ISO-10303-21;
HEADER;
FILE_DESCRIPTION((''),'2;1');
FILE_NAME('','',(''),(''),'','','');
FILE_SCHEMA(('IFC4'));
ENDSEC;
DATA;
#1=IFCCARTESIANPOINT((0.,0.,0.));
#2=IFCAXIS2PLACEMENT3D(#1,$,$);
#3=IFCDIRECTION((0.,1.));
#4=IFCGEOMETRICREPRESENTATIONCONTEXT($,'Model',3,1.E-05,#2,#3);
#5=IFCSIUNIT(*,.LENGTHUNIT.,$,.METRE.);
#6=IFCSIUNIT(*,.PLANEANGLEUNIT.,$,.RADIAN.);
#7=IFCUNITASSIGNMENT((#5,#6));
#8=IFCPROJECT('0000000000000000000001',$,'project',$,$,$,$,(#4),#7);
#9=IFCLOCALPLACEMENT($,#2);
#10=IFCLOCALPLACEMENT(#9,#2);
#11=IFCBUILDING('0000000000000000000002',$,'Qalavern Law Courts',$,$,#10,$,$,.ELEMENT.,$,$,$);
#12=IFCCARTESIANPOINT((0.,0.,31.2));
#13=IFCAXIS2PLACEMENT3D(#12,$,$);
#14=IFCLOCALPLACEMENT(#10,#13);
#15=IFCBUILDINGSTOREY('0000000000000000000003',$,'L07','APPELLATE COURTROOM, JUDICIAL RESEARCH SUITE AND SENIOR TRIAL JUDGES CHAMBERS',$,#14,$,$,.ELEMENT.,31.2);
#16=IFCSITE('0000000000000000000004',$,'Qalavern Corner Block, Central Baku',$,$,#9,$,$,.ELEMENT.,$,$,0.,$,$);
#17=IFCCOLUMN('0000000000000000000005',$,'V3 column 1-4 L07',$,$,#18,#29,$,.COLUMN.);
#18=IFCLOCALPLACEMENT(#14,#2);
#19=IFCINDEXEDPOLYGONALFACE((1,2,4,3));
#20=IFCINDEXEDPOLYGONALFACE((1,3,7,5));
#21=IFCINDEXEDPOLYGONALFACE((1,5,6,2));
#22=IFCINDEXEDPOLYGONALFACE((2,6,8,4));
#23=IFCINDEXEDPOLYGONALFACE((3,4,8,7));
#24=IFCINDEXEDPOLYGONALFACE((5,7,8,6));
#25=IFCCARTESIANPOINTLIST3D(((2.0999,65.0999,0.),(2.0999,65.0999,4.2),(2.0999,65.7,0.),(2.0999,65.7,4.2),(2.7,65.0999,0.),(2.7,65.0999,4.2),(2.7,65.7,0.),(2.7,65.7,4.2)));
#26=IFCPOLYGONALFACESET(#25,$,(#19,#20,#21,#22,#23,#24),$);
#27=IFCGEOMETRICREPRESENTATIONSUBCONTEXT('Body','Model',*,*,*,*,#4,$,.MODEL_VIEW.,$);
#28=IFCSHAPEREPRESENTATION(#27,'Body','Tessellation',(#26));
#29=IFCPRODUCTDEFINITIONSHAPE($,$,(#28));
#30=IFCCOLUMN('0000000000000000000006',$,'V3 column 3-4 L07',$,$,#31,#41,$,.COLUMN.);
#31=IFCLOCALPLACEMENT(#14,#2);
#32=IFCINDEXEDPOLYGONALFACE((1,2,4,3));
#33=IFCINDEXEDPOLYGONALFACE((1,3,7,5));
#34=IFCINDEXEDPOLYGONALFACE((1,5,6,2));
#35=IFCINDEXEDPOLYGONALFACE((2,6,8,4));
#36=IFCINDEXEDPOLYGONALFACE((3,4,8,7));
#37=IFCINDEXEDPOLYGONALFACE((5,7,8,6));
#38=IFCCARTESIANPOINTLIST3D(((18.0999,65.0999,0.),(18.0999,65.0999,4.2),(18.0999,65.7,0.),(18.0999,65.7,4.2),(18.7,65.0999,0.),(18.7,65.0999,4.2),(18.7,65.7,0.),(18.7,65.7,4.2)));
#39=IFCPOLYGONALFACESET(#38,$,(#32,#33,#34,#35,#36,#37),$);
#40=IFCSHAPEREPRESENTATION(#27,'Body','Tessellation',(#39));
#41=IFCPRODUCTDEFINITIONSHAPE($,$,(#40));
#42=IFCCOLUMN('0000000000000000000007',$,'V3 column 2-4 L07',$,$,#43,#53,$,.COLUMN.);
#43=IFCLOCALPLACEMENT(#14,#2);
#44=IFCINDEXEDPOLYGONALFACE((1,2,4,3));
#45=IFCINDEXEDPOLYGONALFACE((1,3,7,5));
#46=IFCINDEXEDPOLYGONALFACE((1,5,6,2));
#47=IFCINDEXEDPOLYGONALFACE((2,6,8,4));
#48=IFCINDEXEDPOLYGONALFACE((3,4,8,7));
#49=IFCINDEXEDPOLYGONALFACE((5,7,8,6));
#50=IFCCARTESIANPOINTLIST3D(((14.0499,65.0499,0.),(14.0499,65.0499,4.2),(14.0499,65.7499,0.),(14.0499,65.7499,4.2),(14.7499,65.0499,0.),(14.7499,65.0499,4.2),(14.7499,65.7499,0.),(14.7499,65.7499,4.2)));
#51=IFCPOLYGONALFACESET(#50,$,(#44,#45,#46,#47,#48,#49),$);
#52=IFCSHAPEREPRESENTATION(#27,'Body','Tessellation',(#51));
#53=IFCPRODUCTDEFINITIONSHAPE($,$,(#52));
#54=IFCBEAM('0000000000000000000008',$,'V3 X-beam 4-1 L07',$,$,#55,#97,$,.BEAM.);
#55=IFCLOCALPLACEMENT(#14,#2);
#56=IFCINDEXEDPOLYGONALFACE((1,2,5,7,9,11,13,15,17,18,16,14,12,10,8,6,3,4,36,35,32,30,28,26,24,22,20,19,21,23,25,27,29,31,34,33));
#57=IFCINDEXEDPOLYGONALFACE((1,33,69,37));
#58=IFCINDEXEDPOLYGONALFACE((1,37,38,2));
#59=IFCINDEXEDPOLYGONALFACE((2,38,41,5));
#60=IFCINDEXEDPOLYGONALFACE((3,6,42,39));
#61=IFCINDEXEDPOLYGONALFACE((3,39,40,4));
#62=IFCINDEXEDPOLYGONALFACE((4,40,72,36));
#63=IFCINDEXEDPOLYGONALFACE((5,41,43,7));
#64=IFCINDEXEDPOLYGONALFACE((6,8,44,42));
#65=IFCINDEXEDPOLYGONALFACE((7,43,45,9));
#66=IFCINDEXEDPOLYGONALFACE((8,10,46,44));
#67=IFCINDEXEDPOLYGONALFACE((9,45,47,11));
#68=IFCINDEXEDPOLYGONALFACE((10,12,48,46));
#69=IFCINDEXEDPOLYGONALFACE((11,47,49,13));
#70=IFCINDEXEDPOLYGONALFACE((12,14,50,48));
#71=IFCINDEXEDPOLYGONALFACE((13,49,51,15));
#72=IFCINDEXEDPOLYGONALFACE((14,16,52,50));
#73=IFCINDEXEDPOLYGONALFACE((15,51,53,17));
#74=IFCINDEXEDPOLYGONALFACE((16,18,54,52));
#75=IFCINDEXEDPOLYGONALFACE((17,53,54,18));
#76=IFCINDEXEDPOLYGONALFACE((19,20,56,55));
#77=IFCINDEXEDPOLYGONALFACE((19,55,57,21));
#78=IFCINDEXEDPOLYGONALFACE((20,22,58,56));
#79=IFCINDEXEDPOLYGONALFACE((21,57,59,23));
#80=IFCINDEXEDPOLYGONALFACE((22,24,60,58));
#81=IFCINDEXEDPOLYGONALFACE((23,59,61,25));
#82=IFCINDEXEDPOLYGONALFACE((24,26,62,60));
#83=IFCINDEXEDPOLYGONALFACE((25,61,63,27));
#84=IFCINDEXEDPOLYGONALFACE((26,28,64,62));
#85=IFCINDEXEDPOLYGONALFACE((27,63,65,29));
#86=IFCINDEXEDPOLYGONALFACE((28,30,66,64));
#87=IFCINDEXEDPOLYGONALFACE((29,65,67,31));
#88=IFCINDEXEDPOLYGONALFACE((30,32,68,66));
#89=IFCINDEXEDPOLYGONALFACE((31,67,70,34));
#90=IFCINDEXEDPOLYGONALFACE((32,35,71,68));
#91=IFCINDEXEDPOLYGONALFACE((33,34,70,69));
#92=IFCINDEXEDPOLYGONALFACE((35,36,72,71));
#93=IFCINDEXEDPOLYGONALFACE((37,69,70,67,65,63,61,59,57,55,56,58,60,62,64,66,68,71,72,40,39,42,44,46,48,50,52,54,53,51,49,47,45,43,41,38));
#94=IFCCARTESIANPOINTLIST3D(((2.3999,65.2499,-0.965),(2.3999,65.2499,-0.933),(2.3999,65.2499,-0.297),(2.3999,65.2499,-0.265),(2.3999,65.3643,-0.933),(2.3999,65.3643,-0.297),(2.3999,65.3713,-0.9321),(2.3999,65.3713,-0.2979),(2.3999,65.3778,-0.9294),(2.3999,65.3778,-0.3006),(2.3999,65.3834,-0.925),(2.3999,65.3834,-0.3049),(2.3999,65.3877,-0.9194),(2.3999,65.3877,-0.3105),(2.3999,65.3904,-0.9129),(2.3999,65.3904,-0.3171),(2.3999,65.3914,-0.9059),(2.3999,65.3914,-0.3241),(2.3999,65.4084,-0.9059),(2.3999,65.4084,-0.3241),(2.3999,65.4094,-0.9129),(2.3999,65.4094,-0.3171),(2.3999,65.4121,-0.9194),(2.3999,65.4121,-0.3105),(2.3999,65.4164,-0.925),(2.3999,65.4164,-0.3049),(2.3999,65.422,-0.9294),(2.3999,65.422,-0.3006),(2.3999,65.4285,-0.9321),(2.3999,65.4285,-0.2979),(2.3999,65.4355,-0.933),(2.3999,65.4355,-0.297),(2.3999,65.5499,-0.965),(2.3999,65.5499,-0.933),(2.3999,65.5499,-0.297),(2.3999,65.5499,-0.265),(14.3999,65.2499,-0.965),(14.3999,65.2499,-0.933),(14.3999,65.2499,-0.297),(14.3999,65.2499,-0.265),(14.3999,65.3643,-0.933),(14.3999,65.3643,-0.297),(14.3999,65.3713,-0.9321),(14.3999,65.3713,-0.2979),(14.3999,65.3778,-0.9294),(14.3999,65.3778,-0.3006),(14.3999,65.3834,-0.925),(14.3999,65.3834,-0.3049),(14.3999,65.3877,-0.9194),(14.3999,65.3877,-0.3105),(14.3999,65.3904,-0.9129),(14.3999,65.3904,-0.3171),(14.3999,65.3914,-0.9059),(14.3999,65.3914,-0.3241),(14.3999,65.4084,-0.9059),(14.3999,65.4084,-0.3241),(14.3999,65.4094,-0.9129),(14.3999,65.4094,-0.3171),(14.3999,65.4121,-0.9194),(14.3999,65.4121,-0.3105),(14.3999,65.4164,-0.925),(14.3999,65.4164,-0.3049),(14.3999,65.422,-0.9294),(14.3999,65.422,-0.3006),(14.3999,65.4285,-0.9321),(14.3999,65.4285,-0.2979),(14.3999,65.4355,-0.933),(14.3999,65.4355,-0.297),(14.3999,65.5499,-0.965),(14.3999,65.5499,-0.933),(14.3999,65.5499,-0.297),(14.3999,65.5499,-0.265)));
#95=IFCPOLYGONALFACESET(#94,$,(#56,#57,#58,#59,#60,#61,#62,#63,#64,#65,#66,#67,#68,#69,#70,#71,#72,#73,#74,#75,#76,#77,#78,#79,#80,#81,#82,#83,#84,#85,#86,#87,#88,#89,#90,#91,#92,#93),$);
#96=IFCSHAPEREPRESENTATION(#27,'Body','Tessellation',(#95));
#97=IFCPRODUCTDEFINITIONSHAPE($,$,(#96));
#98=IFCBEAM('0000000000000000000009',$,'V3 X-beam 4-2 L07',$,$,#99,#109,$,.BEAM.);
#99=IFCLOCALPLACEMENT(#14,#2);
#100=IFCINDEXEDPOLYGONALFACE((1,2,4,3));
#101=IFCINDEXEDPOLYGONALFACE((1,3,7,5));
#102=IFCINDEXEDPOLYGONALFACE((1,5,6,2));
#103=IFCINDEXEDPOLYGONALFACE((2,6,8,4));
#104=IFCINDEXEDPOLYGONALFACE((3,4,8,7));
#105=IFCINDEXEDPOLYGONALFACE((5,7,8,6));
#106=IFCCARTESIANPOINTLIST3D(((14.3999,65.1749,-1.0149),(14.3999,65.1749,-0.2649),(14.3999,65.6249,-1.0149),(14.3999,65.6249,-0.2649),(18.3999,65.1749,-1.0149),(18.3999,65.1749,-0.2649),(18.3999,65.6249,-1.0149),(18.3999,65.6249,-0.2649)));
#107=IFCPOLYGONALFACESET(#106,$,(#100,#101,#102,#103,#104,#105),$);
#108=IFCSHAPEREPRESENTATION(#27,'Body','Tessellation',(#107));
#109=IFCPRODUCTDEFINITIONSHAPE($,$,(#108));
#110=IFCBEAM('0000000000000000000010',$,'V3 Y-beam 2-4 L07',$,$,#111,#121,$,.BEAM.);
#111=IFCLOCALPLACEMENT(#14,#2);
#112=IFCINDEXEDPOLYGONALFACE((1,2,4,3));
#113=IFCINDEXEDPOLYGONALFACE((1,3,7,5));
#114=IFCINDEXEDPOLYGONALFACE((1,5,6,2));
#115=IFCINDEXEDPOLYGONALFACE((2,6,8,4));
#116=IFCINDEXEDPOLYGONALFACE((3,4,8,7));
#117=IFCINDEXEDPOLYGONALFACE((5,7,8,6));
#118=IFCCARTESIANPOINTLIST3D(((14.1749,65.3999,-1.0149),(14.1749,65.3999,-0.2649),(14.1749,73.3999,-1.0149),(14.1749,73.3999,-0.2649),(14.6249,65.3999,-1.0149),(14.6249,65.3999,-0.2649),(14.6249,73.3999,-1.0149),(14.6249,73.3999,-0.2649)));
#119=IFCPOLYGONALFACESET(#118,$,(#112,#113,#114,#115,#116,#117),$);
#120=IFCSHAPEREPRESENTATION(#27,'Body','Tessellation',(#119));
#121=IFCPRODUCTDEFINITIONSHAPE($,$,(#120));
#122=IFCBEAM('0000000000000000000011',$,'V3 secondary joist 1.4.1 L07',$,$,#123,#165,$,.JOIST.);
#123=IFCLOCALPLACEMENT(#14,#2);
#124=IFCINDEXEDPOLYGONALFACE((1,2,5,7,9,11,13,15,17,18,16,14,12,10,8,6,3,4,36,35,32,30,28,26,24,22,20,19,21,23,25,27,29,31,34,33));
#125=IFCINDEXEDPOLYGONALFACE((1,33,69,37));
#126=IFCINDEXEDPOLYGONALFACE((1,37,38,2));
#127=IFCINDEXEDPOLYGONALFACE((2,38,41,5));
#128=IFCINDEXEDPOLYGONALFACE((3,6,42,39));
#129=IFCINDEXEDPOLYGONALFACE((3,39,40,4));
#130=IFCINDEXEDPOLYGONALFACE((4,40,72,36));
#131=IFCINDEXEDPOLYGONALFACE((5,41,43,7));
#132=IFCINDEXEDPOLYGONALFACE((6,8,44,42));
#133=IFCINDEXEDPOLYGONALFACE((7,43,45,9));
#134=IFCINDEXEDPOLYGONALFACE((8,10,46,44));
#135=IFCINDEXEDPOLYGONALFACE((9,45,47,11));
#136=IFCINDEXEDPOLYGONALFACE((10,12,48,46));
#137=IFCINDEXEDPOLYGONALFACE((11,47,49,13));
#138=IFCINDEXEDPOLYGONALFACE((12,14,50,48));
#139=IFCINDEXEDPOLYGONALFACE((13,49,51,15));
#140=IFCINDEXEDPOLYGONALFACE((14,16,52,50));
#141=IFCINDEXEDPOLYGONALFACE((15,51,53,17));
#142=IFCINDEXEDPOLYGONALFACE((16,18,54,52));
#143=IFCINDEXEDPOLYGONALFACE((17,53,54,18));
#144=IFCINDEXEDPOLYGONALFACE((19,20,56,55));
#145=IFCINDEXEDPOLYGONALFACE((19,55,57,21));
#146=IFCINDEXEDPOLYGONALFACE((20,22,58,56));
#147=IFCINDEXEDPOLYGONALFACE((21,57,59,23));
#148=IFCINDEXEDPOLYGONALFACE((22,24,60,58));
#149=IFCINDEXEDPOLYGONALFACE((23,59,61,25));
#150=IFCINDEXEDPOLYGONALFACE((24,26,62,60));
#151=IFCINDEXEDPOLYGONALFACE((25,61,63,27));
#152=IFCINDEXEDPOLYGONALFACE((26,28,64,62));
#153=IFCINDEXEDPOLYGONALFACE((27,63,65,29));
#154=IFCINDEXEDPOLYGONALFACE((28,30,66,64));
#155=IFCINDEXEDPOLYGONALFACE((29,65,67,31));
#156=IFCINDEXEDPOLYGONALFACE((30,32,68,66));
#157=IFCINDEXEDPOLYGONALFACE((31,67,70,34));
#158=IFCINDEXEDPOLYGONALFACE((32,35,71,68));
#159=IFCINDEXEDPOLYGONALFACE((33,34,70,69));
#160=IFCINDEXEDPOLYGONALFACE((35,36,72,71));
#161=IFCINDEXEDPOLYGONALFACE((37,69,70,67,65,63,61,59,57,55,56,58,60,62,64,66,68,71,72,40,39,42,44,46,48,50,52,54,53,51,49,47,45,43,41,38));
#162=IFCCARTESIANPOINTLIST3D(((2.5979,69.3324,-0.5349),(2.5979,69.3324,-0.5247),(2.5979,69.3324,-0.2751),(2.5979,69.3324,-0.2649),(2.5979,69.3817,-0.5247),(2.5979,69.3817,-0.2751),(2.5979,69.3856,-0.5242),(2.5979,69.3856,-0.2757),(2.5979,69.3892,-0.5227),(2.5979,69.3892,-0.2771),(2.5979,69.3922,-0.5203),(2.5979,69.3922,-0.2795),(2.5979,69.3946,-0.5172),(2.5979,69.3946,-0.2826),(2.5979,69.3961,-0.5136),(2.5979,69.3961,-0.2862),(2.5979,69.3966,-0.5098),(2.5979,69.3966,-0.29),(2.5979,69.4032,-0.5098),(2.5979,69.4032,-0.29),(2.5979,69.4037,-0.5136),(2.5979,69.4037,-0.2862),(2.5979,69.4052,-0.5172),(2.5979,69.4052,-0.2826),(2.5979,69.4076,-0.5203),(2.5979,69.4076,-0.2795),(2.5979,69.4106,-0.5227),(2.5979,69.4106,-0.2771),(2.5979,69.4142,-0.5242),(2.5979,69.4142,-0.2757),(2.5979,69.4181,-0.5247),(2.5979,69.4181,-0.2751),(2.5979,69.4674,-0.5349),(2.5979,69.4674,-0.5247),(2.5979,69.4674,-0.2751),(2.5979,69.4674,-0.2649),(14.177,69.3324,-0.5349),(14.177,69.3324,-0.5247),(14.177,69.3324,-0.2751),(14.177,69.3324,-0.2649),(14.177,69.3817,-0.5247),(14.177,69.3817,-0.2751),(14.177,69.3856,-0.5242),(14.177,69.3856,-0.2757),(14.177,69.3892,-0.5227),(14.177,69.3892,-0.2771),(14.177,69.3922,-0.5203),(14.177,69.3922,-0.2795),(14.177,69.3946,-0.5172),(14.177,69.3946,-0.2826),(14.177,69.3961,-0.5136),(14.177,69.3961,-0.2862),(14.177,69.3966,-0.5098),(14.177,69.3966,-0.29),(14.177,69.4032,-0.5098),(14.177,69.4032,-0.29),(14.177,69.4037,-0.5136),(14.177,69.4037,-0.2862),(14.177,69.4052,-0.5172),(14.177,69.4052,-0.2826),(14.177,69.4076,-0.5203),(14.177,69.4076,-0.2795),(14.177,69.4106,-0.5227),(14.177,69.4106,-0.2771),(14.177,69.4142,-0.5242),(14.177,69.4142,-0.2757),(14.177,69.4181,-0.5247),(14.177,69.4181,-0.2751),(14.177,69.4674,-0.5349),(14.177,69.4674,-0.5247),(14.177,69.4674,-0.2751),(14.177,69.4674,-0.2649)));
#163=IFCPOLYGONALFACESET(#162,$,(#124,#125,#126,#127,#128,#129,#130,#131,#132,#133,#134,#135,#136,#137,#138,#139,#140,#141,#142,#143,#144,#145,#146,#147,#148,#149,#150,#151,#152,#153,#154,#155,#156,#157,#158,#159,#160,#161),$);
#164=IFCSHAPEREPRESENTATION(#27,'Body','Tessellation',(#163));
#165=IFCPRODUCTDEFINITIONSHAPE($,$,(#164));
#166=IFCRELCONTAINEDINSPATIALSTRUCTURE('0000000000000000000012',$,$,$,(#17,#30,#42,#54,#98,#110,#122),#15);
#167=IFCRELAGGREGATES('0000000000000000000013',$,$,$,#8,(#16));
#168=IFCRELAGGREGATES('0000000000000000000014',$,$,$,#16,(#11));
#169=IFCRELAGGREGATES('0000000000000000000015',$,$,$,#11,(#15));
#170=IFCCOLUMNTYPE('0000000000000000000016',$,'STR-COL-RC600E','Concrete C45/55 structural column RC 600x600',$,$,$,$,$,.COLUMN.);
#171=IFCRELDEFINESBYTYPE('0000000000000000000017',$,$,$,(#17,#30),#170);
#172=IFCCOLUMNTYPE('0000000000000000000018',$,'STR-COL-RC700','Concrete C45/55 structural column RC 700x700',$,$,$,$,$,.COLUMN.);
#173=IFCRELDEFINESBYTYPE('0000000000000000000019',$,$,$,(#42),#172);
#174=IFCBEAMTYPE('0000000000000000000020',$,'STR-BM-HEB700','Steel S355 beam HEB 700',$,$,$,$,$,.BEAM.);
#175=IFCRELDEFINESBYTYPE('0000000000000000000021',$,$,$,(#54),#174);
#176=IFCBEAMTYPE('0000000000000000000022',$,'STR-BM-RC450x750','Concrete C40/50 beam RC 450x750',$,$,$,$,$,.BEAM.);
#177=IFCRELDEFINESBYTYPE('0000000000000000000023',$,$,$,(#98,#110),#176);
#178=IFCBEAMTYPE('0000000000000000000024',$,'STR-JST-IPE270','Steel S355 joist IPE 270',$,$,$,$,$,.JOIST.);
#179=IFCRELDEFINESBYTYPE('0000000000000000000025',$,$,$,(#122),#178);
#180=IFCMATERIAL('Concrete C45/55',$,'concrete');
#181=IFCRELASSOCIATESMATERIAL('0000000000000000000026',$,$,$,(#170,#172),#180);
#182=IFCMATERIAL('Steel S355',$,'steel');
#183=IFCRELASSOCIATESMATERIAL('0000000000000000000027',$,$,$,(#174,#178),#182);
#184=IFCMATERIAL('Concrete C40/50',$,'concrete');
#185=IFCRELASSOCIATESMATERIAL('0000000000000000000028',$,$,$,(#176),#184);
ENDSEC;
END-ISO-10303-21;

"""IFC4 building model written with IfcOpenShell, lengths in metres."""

from ifc_helpers import new_model, si_unit, direction, frame, origin, origin_2d, place, context, subcontext, project, spatial, rectangle, i_section, extrude, material, material_profile, profile_set, type_object, element, save


model = new_model("IFC4")

# Units and contexts
model_context = context("Model", 3, precision=1e-05, world=origin(), true_north=direction((0.0, 1.0)))
body_context = subcontext(model_context, "Body", "Model", "MODEL_VIEW")
ifc_project = project(units=[si_unit("LENGTHUNIT", "METRE"), si_unit("PLANEANGLEUNIT", "RADIAN")], contexts=[model_context])

# Site, building, storey
site_placement = place(None, origin())
site = spatial("IfcSite", under=ifc_project, at=site_placement, Name="Qalavern Corner Block, Central Baku", CompositionType="ELEMENT", RefElevation=0.0)
building_placement = place(site_placement, origin())
building = spatial("IfcBuilding", under=site, at=building_placement, Name="Qalavern Law Courts", CompositionType="ELEMENT")
storey_placement = place(building_placement, frame((0.0, 0.0, 31.2)))
storey = spatial("IfcBuildingStorey", under=building, at=storey_placement, Name="L07", Description="APPELLATE COURTROOM, JUDICIAL RESEARCH SUITE AND SENIOR TRIAL JUDGES CHAMBERS", CompositionType="ELEMENT", Elevation=31.2)

# Columns
ifc_material_1 = material(Name="Concrete C45/55", Category="concrete")
ifc_material_profile_1 = material_profile(ifc_material_1, rectangle(XDim=0.6001, YDim=0.6001, at=origin_2d()), Name="RC 600x600")
ifc_profile_set_1 = profile_set([ifc_material_profile_1], Name="Concrete C45/55")
column_type_1 = type_object("IfcColumnType", Name="STR-COL-RC600E", Description="Concrete C45/55 structural column RC 600x600", PredefinedType="COLUMN", material=ifc_profile_set_1)
for number, where, z_axis, x_axis, name in (
    (1, (2.3999, 65.3999, 0.0), (0.0, 0.0, 1.0), (1.0, 0.0, 0.0), "V3 column 1-4 L07"),
    (2, (18.3999, 65.3999, 0.0), (0.0, 0.0, 1.0), (1.0, 0.0, 0.0), "V3 column 3-4 L07"),
):
    element("IfcColumn", number, at=place(storey_placement, frame(where, z_axis=z_axis, x_axis=x_axis)), inside=storey, type_object=column_type_1, Name=name, PredefinedType="COLUMN", context=body_context, shape_type="SweptSolid", body=[
        extrude(rectangle(XDim=0.6001, YDim=0.6001, at=origin_2d()), origin(), (0.0, 0.0, 1.0), 4.2),
    ])
ifc_material_profile_2 = material_profile(ifc_material_1, rectangle(XDim=0.7, YDim=0.7, at=origin_2d()), Name="RC 700x700")
ifc_profile_set_2 = profile_set([ifc_material_profile_2], Name="Concrete C45/55")
column_type_2 = type_object("IfcColumnType", Name="STR-COL-RC700", Description="Concrete C45/55 structural column RC 700x700", PredefinedType="COLUMN", material=ifc_profile_set_2)
column_placement = place(storey_placement, frame((14.3999, 65.3999, 0.0), z_axis=(0.0, 0.0, 1.0), x_axis=(1.0, 0.0, 0.0)))
element("IfcColumn", 3, at=column_placement, inside=storey, type_object=column_type_2, Name="V3 column 2-4 L07", PredefinedType="COLUMN", context=body_context, shape_type="SweptSolid", body=[
    extrude(rectangle(XDim=0.7, YDim=0.7, at=origin_2d()), origin(), (0.0, 0.0, 1.0), 4.2),
])

# Beams
ifc_material_2 = material(Name="Steel S355", Category="steel")
ifc_material_profile_3 = material_profile(ifc_material_2, i_section(OverallWidth=0.3, OverallDepth=0.7, WebThickness=0.0171, FlangeThickness=0.032, FilletRadius=0.0271, at=origin_2d()), Name="HEB 700")
ifc_profile_set_3 = profile_set([ifc_material_profile_3], Name="Steel S355")
beam_type_1 = type_object("IfcBeamType", Name="STR-BM-HEB700", Description="Steel S355 beam HEB 700", PredefinedType="BEAM", material=ifc_profile_set_3)
beam_1_placement = place(storey_placement, frame((2.3999, 65.3999, -0.615), z_axis=(1.0, 0.0, 0.0), x_axis=(0.0, 1.0, 0.0)))
element("IfcBeam", 4, at=beam_1_placement, inside=storey, type_object=beam_type_1, Name="V3 X-beam 4-1 L07", PredefinedType="BEAM", context=body_context, shape_type="SweptSolid", body=[
    extrude(i_section(OverallWidth=0.3, OverallDepth=0.7, WebThickness=0.0171, FlangeThickness=0.032, FilletRadius=0.0271, at=origin_2d()), origin(), (0.0, 0.0, 1.0), 12.0),
])
ifc_material_3 = material(Name="Concrete C40/50", Category="concrete")
ifc_material_profile_4 = material_profile(ifc_material_3, rectangle(XDim=0.45, YDim=0.75, at=origin_2d()), Name="RC 450x750")
ifc_profile_set_4 = profile_set([ifc_material_profile_4], Name="Concrete C40/50")
beam_type_2 = type_object("IfcBeamType", Name="STR-BM-RC450x750", Description="Concrete C40/50 beam RC 450x750", PredefinedType="BEAM", material=ifc_profile_set_4)
beam_2_placement = place(storey_placement, frame((14.3999, 65.3999, -0.6399), z_axis=(1.0, 0.0, 0.0), x_axis=(0.0, 1.0, 0.0)))
element("IfcBeam", 5, at=beam_2_placement, inside=storey, type_object=beam_type_2, Name="V3 X-beam 4-2 L07", PredefinedType="BEAM", context=body_context, shape_type="SweptSolid", body=[
    extrude(rectangle(XDim=0.45, YDim=0.75, at=origin_2d()), origin(), (0.0, 0.0, 1.0), 4.0),
])
beam_3_placement = place(storey_placement, frame((14.3999, 65.3999, -0.6399), z_axis=(0.0, 1.0, 0.0), x_axis=(-1.0, 0.0, 0.0)))
element("IfcBeam", 6, at=beam_3_placement, inside=storey, type_object=beam_type_2, Name="V3 Y-beam 2-4 L07", PredefinedType="BEAM", context=body_context, shape_type="SweptSolid", body=[
    extrude(rectangle(XDim=0.45, YDim=0.75, at=origin_2d()), origin(), (0.0, 0.0, 1.0), 8.0),
])
ifc_material_profile_5 = material_profile(ifc_material_2, i_section(OverallWidth=0.135, OverallDepth=0.27, WebThickness=0.0066, FlangeThickness=0.0103, FilletRadius=0.0149, at=origin_2d()), Name="IPE 270")
ifc_profile_set_5 = profile_set([ifc_material_profile_5], Name="Steel S355")
beam_type_3 = type_object("IfcBeamType", Name="STR-JST-IPE270", Description="Steel S355 joist IPE 270", PredefinedType="JOIST", material=ifc_profile_set_5)
beam_4_placement = place(storey_placement, frame((2.5979, 69.3999, -0.3999), z_axis=(1.0, 0.0, 0.0), x_axis=(0.0, 1.0, 0.0)))
element("IfcBeam", 7, at=beam_4_placement, inside=storey, type_object=beam_type_3, Name="V3 secondary joist 1.4.1 L07", PredefinedType="JOIST", context=body_context, shape_type="SweptSolid", body=[
    extrude(i_section(OverallWidth=0.135, OverallDepth=0.27, WebThickness=0.0066, FlangeThickness=0.0103, FilletRadius=0.0149, at=origin_2d()), origin(), (0.0, 0.0, 1.0), 11.5791),
])

save(model, "model.ifc")
